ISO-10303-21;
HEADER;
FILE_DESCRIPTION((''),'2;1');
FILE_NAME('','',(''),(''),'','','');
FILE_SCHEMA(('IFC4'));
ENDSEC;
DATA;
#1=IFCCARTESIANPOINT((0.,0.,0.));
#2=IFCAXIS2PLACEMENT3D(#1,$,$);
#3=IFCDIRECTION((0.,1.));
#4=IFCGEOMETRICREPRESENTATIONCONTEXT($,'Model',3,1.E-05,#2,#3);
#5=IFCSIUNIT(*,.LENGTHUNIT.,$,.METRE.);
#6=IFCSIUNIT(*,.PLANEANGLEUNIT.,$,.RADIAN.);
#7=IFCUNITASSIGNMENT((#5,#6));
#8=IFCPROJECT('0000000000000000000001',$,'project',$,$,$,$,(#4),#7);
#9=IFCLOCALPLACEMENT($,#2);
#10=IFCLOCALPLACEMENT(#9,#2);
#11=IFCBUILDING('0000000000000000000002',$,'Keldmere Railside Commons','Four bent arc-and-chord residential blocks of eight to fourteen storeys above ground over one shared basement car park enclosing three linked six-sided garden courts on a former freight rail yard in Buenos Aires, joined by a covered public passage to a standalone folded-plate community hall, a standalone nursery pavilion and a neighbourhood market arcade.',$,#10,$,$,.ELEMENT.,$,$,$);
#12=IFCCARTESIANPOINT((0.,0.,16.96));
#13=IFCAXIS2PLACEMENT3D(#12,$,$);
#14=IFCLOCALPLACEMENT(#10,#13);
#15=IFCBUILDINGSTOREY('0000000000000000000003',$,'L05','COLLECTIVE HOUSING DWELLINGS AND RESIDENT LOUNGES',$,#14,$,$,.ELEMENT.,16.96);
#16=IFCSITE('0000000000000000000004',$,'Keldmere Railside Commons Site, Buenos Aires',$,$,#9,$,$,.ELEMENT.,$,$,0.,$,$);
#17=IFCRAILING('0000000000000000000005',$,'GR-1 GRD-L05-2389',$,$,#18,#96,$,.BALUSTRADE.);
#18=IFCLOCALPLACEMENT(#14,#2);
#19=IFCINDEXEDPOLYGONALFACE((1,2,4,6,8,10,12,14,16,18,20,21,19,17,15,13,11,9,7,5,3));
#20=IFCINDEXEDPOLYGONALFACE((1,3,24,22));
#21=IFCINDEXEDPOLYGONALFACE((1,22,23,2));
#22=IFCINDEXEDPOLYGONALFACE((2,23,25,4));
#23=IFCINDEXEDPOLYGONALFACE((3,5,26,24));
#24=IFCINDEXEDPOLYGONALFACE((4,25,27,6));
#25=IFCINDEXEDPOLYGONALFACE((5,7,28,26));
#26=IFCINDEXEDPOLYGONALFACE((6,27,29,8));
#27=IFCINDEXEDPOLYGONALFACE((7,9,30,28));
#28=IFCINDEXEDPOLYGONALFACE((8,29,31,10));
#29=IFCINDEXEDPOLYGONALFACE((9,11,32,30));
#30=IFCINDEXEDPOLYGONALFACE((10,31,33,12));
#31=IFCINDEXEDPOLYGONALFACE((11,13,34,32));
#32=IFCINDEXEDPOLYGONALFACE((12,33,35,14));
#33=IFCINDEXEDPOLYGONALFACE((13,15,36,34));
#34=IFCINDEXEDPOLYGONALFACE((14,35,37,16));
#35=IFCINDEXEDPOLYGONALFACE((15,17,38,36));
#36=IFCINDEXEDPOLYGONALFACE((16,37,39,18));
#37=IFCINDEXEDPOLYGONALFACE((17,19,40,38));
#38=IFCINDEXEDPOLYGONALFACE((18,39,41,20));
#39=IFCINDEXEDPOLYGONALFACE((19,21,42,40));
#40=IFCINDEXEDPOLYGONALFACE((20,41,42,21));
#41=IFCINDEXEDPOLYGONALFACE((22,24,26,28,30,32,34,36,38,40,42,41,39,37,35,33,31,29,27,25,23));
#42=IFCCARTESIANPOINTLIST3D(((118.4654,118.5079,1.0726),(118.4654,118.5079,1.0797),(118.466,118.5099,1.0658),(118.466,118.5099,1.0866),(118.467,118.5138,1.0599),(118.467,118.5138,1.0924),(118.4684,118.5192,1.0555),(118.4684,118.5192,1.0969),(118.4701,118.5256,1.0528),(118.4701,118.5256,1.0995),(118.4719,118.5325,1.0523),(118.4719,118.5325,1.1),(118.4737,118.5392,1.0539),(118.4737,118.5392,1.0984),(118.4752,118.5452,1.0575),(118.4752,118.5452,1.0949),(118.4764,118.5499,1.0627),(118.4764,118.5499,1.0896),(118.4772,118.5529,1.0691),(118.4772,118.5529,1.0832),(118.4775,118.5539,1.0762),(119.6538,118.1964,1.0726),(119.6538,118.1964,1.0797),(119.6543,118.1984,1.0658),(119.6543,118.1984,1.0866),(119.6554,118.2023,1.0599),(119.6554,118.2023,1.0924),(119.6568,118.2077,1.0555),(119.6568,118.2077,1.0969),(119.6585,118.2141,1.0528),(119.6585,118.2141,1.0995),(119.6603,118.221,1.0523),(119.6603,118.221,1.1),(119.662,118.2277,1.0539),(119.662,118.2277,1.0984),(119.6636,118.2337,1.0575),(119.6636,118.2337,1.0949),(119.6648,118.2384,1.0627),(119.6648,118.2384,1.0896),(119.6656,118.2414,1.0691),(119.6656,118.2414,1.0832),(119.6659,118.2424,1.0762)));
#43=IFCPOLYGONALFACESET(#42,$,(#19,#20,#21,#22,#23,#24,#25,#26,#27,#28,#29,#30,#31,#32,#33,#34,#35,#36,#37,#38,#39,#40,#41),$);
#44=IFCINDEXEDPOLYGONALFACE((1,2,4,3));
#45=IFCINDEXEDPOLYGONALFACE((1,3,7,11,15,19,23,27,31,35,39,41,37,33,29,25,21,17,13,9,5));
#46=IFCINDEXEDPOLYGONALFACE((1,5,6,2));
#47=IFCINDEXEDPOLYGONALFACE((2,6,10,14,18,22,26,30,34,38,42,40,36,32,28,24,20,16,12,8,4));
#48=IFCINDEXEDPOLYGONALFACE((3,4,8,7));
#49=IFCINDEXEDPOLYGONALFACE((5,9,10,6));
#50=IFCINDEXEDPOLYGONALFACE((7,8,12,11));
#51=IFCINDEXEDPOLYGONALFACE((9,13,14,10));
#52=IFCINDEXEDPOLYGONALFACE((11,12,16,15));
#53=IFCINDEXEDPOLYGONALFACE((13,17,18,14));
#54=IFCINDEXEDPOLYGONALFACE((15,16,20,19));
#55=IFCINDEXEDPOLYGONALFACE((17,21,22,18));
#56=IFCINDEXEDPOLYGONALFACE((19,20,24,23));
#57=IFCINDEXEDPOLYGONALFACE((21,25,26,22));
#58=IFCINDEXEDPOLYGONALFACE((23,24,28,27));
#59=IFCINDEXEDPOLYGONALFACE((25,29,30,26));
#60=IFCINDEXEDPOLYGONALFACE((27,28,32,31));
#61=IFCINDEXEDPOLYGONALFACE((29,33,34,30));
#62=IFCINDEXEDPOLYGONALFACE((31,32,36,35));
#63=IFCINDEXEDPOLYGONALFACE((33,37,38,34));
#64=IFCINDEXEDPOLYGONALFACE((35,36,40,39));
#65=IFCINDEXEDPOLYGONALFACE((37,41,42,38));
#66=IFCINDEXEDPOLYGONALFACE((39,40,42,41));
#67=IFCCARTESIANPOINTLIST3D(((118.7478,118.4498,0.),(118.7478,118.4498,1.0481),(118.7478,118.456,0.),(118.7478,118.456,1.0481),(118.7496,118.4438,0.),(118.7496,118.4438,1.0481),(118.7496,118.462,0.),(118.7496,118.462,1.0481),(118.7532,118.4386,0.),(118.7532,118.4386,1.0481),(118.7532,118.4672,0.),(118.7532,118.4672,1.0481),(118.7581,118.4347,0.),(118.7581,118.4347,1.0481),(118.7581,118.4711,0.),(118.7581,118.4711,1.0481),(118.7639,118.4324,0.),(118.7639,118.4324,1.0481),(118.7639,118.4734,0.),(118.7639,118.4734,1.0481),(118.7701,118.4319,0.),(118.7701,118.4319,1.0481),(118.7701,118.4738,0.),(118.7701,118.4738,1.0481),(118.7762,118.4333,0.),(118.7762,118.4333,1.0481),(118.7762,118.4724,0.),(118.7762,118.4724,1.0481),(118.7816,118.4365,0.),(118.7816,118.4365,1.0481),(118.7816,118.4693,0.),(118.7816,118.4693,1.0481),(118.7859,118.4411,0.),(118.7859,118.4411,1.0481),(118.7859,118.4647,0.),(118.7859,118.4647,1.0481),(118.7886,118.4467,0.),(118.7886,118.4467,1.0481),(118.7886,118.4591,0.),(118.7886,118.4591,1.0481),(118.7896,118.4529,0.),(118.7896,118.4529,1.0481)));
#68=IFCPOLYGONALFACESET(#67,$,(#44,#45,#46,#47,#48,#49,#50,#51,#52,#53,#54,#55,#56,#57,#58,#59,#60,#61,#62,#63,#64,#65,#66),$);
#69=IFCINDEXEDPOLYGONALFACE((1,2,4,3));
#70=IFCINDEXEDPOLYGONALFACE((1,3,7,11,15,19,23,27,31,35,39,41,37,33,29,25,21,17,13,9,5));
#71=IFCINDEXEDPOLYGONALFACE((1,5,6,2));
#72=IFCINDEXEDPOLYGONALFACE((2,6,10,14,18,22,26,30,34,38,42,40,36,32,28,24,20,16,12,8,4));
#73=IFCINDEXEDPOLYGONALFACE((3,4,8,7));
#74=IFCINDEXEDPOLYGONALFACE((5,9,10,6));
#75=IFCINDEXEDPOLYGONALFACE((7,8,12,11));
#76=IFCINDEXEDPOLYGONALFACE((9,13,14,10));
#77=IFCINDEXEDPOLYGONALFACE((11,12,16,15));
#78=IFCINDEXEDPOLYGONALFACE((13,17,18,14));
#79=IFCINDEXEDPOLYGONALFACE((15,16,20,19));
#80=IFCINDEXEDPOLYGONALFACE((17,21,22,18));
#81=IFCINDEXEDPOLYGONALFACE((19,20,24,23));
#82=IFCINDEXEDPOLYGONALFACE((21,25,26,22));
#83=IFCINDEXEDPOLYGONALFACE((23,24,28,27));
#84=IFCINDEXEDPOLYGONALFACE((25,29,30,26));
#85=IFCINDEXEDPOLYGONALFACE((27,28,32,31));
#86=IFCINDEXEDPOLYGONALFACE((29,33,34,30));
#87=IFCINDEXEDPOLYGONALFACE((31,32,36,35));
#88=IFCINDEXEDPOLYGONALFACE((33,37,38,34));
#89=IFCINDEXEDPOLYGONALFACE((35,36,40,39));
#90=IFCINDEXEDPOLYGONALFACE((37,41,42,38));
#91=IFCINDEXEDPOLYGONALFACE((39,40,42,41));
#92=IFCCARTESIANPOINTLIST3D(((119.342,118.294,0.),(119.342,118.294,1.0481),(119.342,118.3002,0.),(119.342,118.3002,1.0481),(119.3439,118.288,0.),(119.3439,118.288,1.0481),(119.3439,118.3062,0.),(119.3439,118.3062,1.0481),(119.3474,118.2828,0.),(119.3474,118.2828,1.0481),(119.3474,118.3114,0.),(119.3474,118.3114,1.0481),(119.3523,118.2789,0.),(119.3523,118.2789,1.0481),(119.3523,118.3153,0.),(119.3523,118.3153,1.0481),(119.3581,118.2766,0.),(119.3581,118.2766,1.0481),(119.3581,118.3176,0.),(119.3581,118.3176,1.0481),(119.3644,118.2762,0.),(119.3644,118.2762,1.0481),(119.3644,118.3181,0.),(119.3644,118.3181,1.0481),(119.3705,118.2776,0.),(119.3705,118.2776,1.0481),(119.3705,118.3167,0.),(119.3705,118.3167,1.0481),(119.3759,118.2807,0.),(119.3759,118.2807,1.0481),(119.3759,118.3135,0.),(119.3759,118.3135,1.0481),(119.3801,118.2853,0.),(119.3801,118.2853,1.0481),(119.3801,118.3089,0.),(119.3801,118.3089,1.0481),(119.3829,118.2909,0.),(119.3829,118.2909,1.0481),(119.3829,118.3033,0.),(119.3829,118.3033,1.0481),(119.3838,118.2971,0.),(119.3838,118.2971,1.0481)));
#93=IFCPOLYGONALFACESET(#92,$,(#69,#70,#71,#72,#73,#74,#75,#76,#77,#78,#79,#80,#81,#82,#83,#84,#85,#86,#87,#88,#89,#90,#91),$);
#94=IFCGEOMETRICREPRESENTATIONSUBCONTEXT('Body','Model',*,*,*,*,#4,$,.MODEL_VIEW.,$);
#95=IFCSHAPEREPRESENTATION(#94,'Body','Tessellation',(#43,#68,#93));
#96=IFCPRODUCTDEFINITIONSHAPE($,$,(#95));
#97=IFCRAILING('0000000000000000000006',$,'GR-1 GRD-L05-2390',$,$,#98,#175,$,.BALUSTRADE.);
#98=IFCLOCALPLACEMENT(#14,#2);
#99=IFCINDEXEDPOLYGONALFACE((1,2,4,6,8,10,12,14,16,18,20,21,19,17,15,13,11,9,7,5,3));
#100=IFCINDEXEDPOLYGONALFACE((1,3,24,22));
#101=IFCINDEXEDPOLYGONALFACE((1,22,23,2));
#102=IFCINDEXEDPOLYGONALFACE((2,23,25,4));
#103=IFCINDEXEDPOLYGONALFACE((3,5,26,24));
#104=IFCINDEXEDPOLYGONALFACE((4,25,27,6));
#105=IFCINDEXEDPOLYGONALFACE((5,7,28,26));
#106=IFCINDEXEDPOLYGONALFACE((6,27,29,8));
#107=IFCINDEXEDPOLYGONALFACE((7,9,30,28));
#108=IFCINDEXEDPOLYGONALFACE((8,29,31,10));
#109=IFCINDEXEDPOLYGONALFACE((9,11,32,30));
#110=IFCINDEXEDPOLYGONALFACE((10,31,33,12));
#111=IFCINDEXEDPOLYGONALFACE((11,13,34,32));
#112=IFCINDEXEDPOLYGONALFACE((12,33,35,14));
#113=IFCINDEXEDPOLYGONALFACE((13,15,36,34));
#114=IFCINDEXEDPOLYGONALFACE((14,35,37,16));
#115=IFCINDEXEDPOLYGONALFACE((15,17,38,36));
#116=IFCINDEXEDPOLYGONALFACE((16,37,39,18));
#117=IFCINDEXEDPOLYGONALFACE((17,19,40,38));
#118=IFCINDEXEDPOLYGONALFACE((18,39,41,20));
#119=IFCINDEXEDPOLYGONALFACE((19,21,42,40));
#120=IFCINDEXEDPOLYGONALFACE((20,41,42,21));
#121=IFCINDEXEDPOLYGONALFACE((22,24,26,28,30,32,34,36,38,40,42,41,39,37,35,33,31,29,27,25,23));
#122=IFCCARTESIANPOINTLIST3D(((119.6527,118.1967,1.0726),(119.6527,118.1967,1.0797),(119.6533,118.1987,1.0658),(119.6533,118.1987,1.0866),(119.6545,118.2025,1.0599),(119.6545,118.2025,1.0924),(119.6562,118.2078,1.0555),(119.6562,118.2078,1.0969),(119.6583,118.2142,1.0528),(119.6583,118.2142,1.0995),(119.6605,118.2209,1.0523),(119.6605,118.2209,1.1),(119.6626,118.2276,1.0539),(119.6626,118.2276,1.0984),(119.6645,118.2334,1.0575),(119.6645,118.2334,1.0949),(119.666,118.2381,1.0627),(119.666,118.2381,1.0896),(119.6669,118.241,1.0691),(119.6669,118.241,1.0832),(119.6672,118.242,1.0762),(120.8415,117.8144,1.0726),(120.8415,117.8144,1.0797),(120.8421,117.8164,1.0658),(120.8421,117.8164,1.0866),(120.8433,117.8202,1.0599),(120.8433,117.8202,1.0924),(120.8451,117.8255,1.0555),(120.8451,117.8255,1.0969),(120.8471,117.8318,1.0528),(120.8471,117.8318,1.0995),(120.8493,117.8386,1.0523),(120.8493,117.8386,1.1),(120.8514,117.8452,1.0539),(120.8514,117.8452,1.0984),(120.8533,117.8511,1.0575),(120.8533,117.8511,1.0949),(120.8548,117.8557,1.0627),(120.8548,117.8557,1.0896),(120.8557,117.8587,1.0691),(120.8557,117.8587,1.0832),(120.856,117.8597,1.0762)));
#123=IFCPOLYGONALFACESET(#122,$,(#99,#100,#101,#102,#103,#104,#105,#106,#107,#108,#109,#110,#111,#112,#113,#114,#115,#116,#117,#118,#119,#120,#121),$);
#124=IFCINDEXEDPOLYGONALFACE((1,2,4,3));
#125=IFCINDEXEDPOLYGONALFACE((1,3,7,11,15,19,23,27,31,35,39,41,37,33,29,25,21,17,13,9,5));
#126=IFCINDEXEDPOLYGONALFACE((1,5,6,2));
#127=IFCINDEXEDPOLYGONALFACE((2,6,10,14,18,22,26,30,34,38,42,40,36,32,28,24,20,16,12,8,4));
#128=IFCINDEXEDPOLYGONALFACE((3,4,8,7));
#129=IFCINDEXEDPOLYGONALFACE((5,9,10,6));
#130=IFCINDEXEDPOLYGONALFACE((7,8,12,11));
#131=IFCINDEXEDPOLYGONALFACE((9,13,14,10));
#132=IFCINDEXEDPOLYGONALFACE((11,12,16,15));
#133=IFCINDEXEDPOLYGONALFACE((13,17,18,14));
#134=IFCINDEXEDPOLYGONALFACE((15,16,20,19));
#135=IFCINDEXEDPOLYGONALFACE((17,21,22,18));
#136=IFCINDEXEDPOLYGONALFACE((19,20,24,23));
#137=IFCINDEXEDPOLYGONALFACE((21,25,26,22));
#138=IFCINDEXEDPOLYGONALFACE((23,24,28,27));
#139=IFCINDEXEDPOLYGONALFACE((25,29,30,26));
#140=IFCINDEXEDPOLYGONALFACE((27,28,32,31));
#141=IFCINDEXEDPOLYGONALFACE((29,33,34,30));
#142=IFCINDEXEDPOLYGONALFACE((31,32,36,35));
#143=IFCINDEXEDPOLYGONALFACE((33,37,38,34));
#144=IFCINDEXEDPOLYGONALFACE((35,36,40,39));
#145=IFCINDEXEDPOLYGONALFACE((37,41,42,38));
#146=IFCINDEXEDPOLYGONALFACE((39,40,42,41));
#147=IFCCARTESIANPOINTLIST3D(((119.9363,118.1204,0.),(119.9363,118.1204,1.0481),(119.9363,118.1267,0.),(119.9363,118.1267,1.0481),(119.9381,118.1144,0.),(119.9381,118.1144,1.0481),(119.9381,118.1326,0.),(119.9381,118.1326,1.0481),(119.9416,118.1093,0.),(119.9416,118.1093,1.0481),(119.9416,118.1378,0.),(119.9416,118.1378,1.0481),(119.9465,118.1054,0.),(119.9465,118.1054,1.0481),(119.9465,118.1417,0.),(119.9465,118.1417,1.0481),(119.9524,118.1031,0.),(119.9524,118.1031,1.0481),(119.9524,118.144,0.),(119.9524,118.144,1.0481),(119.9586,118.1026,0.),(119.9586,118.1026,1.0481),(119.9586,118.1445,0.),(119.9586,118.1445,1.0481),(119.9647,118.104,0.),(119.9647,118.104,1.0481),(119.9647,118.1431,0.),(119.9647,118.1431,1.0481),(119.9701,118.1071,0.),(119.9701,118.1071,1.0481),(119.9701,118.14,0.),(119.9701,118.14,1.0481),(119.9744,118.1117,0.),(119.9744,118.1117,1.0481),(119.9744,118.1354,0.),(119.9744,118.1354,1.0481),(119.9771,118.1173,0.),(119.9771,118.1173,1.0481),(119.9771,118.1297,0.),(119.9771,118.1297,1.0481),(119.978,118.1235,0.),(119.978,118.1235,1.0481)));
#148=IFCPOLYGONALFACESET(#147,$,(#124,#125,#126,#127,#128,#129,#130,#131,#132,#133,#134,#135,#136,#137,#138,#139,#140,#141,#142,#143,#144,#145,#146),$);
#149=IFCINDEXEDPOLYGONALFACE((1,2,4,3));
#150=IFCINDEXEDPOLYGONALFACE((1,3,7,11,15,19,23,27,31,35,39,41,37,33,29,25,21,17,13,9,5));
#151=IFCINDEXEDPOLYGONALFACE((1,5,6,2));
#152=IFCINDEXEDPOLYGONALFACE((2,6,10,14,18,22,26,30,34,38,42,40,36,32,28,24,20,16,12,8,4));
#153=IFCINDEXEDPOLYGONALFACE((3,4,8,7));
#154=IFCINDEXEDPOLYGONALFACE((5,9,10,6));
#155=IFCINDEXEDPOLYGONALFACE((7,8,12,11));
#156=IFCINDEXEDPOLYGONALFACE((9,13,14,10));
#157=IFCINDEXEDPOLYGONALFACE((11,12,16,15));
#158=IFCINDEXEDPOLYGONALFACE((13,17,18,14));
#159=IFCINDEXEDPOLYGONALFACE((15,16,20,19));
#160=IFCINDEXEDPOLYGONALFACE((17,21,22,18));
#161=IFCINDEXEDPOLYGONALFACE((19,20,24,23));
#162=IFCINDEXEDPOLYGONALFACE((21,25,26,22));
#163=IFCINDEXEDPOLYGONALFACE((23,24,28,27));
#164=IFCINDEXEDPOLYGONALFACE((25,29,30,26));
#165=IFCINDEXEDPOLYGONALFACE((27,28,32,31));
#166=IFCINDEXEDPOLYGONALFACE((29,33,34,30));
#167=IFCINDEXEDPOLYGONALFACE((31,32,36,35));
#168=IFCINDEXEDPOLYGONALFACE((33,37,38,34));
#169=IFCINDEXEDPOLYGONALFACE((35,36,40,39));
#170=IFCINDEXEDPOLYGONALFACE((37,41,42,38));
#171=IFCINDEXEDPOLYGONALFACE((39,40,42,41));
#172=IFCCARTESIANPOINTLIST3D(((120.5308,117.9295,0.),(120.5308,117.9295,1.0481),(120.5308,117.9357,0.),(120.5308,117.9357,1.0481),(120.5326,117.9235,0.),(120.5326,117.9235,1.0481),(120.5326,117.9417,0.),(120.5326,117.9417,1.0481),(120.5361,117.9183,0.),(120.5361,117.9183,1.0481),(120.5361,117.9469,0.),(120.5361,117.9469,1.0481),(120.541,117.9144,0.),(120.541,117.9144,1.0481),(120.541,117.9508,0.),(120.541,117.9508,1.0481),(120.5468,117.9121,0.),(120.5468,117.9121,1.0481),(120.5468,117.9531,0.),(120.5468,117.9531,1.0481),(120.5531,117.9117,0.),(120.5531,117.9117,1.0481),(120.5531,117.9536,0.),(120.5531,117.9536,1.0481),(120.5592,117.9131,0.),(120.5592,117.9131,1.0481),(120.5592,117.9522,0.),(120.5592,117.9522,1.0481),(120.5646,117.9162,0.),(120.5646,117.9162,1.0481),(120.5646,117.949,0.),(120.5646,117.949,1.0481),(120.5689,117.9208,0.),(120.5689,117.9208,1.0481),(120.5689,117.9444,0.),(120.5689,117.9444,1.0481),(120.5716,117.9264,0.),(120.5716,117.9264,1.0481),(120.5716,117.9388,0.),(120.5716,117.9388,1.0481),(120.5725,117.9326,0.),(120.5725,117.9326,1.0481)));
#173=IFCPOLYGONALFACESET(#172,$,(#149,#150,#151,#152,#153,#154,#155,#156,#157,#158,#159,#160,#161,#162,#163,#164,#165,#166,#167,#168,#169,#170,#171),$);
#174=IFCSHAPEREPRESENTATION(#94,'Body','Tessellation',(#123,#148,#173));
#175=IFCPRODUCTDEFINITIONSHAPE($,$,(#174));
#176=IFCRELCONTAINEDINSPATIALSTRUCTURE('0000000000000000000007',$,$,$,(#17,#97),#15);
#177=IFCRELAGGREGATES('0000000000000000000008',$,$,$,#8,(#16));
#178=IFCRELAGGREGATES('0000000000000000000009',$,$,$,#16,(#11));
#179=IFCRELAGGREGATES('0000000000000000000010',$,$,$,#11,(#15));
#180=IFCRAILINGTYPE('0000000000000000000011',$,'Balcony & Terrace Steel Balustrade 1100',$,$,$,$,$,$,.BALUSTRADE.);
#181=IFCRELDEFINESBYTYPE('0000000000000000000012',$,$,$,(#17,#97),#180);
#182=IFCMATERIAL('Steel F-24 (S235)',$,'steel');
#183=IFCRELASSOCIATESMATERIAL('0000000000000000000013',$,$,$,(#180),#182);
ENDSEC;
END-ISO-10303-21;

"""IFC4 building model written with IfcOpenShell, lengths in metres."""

from ifc_helpers import new_model, si_unit, direction, frame, origin, origin_2d, place, context, subcontext, project, spatial, circle, extrude, material, type_object, element, save


model = new_model("IFC4")

# Units and contexts
model_context = context("Model", 3, precision=1e-05, world=origin(), true_north=direction((0.0, 1.0)))
body_context = subcontext(model_context, "Body", "Model", "MODEL_VIEW")
ifc_project = project(units=[si_unit("LENGTHUNIT", "METRE"), si_unit("PLANEANGLEUNIT", "RADIAN")], contexts=[model_context])

# Site, building, storey
site_placement = place(None, origin())
site = spatial("IfcSite", under=ifc_project, at=site_placement, Name="Keldmere Railside Commons Site, Buenos Aires", CompositionType="ELEMENT", RefElevation=0.0)
building_placement = place(site_placement, origin())
building = spatial("IfcBuilding", under=site, at=building_placement, Name="Keldmere Railside Commons", Description="Four bent arc-and-chord residential blocks of eight to fourteen storeys above ground over one shared basement car park enclosing three linked six-sided garden courts on a former freight rail yard in Buenos Aires, joined by a covered public passage to a standalone folded-plate community hall, a standalone nursery pavilion and a neighbourhood market arcade.", CompositionType="ELEMENT")
storey_placement = place(building_placement, frame((0.0, 0.0, 16.96)))
storey = spatial("IfcBuildingStorey", under=building, at=storey_placement, Name="L05", Description="COLLECTIVE HOUSING DWELLINGS AND RESIDENT LOUNGES", CompositionType="ELEMENT", Elevation=16.96)

# Shared definitions
ifc_material_1 = material(Name="Steel F-24 (S235)", Category="steel")

# Railings
railing_type = type_object("IfcRailingType", Name="Balcony & Terrace Steel Balustrade 1100", PredefinedType="BALUSTRADE", material=ifc_material_1)
railing_1_placement = place(storey_placement, frame((118.4714, 118.5308, 0.0)))
element("IfcRailing", 1, at=railing_1_placement, inside=storey, type_object=railing_type, Name="GR-1 GRD-L05-2389", PredefinedType="BALUSTRADE", context=body_context, shape_type="SweptSolid", body=[
    extrude(circle(Radius=0.0239, at=origin_2d()), frame((0.0, 0.0, 1.0762), z_axis=(0.967321, -0.253554, 0.0), x_axis=(0.253554, 0.967321, 0.0)), (0.0, 0.0, 1.0), 1.2285),
    extrude(circle(Radius=0.021, at=origin_2d()), frame((0.2971, -0.0779, 0.0)), (0.0, 0.0, 1.0), 1.0481),
    extrude(circle(Radius=0.021, at=origin_2d()), frame((0.8914, -0.2336, 0.0)), (0.0, 0.0, 1.0), 1.0481),
])
railing_2_placement = place(storey_placement, frame((119.6599, 118.2192, 0.0)))
element("IfcRailing", 2, at=railing_2_placement, inside=storey, type_object=railing_type, Name="GR-1 GRD-L05-2390", PredefinedType="BALUSTRADE", context=body_context, shape_type="SweptSolid", body=[
    extrude(circle(Radius=0.0239, at=origin_2d()), frame((0.0, 0.0, 1.0762), z_axis=(0.951974, -0.30618, 0.0), x_axis=(0.30618, 0.951974, 0.0)), (0.0, 0.0, 1.0), 1.2488),
    extrude(circle(Radius=0.021, at=origin_2d()), frame((0.2971, -0.0957, 0.0)), (0.0, 0.0, 1.0), 1.0481),
    extrude(circle(Radius=0.021, at=origin_2d()), frame((0.8916, -0.2866, 0.0)), (0.0, 0.0, 1.0), 1.0481),
])

save(model, "model.ifc")
